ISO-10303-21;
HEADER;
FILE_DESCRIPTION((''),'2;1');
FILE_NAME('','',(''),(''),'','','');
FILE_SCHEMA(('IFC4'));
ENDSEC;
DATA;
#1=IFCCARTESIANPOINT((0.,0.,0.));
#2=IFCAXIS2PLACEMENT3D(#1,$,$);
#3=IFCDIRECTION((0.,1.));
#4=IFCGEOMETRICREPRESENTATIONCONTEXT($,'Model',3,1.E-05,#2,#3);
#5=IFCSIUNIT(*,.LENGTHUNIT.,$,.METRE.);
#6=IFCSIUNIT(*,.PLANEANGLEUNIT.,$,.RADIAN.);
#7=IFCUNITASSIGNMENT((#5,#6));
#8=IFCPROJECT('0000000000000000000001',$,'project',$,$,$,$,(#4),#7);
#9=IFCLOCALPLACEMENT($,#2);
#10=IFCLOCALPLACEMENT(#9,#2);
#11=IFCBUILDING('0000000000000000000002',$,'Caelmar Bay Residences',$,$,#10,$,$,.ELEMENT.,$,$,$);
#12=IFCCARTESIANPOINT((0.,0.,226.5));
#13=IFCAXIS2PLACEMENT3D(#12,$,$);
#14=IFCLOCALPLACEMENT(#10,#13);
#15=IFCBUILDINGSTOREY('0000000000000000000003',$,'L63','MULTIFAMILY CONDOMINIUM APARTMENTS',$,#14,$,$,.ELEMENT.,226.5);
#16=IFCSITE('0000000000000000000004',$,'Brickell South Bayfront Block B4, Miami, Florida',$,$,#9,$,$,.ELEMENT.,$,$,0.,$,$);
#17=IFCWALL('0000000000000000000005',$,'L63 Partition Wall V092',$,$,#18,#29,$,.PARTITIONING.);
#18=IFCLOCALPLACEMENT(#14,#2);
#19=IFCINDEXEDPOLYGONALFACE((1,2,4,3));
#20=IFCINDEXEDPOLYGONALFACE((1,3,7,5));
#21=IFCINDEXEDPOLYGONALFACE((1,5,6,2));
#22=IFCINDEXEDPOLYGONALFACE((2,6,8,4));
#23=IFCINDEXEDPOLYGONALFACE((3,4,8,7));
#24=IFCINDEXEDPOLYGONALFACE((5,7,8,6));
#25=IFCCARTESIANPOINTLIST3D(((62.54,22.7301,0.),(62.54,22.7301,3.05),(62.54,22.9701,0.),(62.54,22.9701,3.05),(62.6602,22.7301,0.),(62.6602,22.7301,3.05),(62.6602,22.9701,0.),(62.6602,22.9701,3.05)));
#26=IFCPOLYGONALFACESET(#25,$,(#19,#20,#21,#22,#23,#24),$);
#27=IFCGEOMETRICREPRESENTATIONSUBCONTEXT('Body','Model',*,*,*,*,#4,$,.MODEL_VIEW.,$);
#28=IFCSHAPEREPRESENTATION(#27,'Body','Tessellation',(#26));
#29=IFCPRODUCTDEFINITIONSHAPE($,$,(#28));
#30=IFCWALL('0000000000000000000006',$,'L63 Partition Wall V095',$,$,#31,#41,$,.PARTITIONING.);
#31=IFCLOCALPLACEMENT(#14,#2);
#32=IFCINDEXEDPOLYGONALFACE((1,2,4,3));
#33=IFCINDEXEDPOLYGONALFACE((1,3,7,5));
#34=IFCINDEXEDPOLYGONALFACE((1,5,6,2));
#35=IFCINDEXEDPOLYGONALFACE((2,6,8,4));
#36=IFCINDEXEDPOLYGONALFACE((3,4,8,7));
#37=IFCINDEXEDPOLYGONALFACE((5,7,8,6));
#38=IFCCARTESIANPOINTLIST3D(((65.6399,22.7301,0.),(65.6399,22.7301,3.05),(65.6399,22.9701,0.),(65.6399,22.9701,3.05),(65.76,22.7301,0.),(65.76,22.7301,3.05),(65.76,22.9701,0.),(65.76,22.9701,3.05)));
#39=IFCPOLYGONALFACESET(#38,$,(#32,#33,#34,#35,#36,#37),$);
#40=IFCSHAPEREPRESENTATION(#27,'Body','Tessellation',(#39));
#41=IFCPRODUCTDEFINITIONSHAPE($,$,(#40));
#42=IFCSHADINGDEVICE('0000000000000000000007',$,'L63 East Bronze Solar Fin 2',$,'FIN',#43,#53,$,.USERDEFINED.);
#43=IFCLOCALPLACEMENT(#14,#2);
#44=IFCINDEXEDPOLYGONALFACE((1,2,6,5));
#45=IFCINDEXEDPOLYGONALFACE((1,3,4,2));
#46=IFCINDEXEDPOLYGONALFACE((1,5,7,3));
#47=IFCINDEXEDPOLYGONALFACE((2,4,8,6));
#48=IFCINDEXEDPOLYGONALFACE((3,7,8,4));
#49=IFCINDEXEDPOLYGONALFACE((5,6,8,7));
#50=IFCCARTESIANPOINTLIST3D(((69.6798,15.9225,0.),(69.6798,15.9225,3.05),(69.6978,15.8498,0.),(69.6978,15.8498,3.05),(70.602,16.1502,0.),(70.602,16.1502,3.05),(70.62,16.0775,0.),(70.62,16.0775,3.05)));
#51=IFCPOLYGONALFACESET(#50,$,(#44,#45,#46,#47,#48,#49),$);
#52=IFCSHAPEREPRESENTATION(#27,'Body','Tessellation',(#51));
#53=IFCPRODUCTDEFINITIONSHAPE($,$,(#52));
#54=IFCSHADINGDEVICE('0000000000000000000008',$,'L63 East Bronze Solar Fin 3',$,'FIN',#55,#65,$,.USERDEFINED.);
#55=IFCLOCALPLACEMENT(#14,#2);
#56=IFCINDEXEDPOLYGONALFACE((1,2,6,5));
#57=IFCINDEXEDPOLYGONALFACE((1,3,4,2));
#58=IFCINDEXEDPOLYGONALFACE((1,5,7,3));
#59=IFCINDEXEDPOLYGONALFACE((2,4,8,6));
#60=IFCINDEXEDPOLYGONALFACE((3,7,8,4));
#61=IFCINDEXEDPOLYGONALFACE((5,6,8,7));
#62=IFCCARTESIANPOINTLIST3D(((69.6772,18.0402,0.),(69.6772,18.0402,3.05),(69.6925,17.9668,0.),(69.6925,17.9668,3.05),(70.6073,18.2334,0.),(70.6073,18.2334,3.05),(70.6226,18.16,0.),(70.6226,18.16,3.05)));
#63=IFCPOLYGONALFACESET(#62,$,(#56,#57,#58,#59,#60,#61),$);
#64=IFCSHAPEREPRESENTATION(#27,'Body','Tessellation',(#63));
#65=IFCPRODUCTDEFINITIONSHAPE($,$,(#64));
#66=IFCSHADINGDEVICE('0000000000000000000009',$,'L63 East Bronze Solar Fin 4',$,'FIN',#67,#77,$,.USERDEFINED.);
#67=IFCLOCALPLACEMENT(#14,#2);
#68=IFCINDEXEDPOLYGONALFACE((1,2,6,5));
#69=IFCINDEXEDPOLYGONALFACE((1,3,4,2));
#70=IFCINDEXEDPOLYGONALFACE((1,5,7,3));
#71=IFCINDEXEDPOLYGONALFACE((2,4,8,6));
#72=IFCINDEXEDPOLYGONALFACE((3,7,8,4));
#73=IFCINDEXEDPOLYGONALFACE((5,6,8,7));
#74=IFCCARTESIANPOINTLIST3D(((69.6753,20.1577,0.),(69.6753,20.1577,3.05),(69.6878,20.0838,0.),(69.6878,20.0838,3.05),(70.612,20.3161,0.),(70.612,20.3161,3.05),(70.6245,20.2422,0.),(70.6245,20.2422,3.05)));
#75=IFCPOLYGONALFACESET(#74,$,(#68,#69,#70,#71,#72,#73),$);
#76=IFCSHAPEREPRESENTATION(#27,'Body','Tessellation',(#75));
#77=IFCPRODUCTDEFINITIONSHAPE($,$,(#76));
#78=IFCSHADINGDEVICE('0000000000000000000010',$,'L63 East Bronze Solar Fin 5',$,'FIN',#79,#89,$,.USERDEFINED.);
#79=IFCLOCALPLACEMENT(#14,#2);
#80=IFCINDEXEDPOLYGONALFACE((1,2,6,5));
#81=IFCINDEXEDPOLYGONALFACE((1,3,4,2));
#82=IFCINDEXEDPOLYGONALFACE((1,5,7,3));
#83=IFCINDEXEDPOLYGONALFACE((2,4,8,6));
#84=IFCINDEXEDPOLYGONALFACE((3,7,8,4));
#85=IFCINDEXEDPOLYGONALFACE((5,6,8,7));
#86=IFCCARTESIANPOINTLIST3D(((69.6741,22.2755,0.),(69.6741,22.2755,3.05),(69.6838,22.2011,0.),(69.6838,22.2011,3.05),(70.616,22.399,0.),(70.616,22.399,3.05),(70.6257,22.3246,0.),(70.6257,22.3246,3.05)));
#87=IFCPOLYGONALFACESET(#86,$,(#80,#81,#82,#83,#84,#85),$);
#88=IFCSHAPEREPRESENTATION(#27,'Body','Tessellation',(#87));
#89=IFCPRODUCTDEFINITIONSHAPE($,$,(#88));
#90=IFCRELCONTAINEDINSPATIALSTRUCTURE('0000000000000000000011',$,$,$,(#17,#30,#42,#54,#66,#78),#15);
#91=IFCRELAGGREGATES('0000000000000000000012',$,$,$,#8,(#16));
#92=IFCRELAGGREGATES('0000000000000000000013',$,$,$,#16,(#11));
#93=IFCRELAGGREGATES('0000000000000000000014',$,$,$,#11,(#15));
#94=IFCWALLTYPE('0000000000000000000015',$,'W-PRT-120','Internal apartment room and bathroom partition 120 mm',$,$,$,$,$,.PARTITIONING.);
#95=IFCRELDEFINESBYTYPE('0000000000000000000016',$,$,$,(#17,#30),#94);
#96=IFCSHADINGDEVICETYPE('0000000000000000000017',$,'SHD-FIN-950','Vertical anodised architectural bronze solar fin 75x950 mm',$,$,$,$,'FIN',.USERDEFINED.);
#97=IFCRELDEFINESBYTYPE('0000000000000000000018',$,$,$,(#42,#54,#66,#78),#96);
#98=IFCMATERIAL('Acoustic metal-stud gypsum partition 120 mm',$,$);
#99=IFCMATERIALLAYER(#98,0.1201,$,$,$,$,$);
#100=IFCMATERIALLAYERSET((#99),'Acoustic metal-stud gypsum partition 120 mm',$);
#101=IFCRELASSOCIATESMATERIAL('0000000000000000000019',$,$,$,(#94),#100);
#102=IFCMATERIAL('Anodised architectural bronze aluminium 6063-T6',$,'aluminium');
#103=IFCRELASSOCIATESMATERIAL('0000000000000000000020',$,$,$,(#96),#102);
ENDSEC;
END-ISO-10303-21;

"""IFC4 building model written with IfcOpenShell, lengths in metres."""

from ifc_helpers import new_model, si_unit, direction, frame, frame_2d, origin, origin_2d, place, context, subcontext, project, spatial, rectangle, extrude, material, layer, layer_set, material_profile, profile_set, type_object, element, save


model = new_model("IFC4")

# Units and contexts
model_context = context("Model", 3, precision=1e-05, world=origin(), true_north=direction((0.0, 1.0)))
body_context = subcontext(model_context, "Body", "Model", "MODEL_VIEW")
ifc_project = project(units=[si_unit("LENGTHUNIT", "METRE"), si_unit("PLANEANGLEUNIT", "RADIAN")], contexts=[model_context])

# Site, building, storey
site_placement = place(None, origin())
site = spatial("IfcSite", under=ifc_project, at=site_placement, Name="Brickell South Bayfront Block B4, Miami, Florida", CompositionType="ELEMENT", RefElevation=0.0)
building_placement = place(site_placement, origin())
building = spatial("IfcBuilding", under=site, at=building_placement, Name="Caelmar Bay Residences", CompositionType="ELEMENT")
storey_placement = place(building_placement, frame((0.0, 0.0, 226.5)))
storey = spatial("IfcBuildingStorey", under=building, at=storey_placement, Name="L63", Description="MULTIFAMILY CONDOMINIUM APARTMENTS", CompositionType="ELEMENT", Elevation=226.5)

# Walls
ifc_material_1 = material(Name="Acoustic metal-stud gypsum partition 120 mm")
ifc_layer_1 = layer(ifc_material_1, 0.1201)
ifc_layer_set_1 = layer_set([ifc_layer_1], Name="Acoustic metal-stud gypsum partition 120 mm")
wall_type = type_object("IfcWallType", Name="W-PRT-120", Description="Internal apartment room and bathroom partition 120 mm", PredefinedType="PARTITIONING", material=ifc_layer_set_1)
for number, where, z_axis, x_axis, name in (
    (1, (62.6001, 22.73, 0.0), (0.0, 0.0, 1.0), (0.0, 1.0, 0.0), "L63 Partition Wall V092"),
    (2, (65.7, 22.73, 0.0), (0.0, 0.0, 1.0), (0.0, 1.0, 0.0), "L63 Partition Wall V095"),
):
    element("IfcWall", number, at=place(storey_placement, frame(where, z_axis=z_axis, x_axis=x_axis)), inside=storey, type_object=wall_type, Name=name, PredefinedType="PARTITIONING", context=body_context, shape_type="SweptSolid", body=[
        extrude(rectangle(XDim=0.24, YDim=0.1201, at=frame_2d((0.1201, 0.0))), origin(), (0.0, 0.0, 1.0), 3.05),
    ])

# Shading devices
ifc_material_2 = material(Name="Anodised architectural bronze aluminium 6063-T6", Category="aluminium")
ifc_material_profile_1 = material_profile(ifc_material_2, rectangle(XDim=0.075, YDim=0.95, at=origin_2d()), Name="BRONZE-FIN-75X950")
ifc_profile_set_1 = profile_set([ifc_material_profile_1], Name="Anodised architectural bronze aluminium 6063-T6")
shading_device_type = type_object("IfcShadingDeviceType", Name="SHD-FIN-950", Description="Vertical anodised architectural bronze solar fin 75x950 mm", ElementType="FIN", PredefinedType="USERDEFINED", material=ifc_profile_set_1)
for number, where, z_axis, x_axis, name in (
    (3, (70.1499, 16.0, 0.0), (0.0, 0.0, 1.0), (-0.23972, 0.970842, 0.0), "L63 East Bronze Solar Fin 2"),
    (4, (70.1499, 18.1001, 0.0), (0.0, 0.0, 1.0), (-0.2033, 0.979116, 0.0), "L63 East Bronze Solar Fin 3"),
    (5, (70.1499, 20.2, 0.0), (0.0, 0.0, 1.0), (-0.166769, 0.985996, 0.0), "L63 East Bronze Solar Fin 4"),
    (6, (70.1499, 22.3, 0.0), (0.0, 0.0, 1.0), (-0.130007, 0.991513, 0.0), "L63 East Bronze Solar Fin 5"),
):
    element("IfcShadingDevice", number, at=place(storey_placement, frame(where, z_axis=z_axis, x_axis=x_axis)), inside=storey, type_object=shading_device_type, Name=name, ObjectType="FIN", PredefinedType="USERDEFINED", context=body_context, shape_type="SweptSolid", body=[
        extrude(rectangle(XDim=0.075, YDim=0.95, at=origin_2d()), origin(), (0.0, 0.0, 1.0), 3.05),
    ])

save(model, "model.ifc")
